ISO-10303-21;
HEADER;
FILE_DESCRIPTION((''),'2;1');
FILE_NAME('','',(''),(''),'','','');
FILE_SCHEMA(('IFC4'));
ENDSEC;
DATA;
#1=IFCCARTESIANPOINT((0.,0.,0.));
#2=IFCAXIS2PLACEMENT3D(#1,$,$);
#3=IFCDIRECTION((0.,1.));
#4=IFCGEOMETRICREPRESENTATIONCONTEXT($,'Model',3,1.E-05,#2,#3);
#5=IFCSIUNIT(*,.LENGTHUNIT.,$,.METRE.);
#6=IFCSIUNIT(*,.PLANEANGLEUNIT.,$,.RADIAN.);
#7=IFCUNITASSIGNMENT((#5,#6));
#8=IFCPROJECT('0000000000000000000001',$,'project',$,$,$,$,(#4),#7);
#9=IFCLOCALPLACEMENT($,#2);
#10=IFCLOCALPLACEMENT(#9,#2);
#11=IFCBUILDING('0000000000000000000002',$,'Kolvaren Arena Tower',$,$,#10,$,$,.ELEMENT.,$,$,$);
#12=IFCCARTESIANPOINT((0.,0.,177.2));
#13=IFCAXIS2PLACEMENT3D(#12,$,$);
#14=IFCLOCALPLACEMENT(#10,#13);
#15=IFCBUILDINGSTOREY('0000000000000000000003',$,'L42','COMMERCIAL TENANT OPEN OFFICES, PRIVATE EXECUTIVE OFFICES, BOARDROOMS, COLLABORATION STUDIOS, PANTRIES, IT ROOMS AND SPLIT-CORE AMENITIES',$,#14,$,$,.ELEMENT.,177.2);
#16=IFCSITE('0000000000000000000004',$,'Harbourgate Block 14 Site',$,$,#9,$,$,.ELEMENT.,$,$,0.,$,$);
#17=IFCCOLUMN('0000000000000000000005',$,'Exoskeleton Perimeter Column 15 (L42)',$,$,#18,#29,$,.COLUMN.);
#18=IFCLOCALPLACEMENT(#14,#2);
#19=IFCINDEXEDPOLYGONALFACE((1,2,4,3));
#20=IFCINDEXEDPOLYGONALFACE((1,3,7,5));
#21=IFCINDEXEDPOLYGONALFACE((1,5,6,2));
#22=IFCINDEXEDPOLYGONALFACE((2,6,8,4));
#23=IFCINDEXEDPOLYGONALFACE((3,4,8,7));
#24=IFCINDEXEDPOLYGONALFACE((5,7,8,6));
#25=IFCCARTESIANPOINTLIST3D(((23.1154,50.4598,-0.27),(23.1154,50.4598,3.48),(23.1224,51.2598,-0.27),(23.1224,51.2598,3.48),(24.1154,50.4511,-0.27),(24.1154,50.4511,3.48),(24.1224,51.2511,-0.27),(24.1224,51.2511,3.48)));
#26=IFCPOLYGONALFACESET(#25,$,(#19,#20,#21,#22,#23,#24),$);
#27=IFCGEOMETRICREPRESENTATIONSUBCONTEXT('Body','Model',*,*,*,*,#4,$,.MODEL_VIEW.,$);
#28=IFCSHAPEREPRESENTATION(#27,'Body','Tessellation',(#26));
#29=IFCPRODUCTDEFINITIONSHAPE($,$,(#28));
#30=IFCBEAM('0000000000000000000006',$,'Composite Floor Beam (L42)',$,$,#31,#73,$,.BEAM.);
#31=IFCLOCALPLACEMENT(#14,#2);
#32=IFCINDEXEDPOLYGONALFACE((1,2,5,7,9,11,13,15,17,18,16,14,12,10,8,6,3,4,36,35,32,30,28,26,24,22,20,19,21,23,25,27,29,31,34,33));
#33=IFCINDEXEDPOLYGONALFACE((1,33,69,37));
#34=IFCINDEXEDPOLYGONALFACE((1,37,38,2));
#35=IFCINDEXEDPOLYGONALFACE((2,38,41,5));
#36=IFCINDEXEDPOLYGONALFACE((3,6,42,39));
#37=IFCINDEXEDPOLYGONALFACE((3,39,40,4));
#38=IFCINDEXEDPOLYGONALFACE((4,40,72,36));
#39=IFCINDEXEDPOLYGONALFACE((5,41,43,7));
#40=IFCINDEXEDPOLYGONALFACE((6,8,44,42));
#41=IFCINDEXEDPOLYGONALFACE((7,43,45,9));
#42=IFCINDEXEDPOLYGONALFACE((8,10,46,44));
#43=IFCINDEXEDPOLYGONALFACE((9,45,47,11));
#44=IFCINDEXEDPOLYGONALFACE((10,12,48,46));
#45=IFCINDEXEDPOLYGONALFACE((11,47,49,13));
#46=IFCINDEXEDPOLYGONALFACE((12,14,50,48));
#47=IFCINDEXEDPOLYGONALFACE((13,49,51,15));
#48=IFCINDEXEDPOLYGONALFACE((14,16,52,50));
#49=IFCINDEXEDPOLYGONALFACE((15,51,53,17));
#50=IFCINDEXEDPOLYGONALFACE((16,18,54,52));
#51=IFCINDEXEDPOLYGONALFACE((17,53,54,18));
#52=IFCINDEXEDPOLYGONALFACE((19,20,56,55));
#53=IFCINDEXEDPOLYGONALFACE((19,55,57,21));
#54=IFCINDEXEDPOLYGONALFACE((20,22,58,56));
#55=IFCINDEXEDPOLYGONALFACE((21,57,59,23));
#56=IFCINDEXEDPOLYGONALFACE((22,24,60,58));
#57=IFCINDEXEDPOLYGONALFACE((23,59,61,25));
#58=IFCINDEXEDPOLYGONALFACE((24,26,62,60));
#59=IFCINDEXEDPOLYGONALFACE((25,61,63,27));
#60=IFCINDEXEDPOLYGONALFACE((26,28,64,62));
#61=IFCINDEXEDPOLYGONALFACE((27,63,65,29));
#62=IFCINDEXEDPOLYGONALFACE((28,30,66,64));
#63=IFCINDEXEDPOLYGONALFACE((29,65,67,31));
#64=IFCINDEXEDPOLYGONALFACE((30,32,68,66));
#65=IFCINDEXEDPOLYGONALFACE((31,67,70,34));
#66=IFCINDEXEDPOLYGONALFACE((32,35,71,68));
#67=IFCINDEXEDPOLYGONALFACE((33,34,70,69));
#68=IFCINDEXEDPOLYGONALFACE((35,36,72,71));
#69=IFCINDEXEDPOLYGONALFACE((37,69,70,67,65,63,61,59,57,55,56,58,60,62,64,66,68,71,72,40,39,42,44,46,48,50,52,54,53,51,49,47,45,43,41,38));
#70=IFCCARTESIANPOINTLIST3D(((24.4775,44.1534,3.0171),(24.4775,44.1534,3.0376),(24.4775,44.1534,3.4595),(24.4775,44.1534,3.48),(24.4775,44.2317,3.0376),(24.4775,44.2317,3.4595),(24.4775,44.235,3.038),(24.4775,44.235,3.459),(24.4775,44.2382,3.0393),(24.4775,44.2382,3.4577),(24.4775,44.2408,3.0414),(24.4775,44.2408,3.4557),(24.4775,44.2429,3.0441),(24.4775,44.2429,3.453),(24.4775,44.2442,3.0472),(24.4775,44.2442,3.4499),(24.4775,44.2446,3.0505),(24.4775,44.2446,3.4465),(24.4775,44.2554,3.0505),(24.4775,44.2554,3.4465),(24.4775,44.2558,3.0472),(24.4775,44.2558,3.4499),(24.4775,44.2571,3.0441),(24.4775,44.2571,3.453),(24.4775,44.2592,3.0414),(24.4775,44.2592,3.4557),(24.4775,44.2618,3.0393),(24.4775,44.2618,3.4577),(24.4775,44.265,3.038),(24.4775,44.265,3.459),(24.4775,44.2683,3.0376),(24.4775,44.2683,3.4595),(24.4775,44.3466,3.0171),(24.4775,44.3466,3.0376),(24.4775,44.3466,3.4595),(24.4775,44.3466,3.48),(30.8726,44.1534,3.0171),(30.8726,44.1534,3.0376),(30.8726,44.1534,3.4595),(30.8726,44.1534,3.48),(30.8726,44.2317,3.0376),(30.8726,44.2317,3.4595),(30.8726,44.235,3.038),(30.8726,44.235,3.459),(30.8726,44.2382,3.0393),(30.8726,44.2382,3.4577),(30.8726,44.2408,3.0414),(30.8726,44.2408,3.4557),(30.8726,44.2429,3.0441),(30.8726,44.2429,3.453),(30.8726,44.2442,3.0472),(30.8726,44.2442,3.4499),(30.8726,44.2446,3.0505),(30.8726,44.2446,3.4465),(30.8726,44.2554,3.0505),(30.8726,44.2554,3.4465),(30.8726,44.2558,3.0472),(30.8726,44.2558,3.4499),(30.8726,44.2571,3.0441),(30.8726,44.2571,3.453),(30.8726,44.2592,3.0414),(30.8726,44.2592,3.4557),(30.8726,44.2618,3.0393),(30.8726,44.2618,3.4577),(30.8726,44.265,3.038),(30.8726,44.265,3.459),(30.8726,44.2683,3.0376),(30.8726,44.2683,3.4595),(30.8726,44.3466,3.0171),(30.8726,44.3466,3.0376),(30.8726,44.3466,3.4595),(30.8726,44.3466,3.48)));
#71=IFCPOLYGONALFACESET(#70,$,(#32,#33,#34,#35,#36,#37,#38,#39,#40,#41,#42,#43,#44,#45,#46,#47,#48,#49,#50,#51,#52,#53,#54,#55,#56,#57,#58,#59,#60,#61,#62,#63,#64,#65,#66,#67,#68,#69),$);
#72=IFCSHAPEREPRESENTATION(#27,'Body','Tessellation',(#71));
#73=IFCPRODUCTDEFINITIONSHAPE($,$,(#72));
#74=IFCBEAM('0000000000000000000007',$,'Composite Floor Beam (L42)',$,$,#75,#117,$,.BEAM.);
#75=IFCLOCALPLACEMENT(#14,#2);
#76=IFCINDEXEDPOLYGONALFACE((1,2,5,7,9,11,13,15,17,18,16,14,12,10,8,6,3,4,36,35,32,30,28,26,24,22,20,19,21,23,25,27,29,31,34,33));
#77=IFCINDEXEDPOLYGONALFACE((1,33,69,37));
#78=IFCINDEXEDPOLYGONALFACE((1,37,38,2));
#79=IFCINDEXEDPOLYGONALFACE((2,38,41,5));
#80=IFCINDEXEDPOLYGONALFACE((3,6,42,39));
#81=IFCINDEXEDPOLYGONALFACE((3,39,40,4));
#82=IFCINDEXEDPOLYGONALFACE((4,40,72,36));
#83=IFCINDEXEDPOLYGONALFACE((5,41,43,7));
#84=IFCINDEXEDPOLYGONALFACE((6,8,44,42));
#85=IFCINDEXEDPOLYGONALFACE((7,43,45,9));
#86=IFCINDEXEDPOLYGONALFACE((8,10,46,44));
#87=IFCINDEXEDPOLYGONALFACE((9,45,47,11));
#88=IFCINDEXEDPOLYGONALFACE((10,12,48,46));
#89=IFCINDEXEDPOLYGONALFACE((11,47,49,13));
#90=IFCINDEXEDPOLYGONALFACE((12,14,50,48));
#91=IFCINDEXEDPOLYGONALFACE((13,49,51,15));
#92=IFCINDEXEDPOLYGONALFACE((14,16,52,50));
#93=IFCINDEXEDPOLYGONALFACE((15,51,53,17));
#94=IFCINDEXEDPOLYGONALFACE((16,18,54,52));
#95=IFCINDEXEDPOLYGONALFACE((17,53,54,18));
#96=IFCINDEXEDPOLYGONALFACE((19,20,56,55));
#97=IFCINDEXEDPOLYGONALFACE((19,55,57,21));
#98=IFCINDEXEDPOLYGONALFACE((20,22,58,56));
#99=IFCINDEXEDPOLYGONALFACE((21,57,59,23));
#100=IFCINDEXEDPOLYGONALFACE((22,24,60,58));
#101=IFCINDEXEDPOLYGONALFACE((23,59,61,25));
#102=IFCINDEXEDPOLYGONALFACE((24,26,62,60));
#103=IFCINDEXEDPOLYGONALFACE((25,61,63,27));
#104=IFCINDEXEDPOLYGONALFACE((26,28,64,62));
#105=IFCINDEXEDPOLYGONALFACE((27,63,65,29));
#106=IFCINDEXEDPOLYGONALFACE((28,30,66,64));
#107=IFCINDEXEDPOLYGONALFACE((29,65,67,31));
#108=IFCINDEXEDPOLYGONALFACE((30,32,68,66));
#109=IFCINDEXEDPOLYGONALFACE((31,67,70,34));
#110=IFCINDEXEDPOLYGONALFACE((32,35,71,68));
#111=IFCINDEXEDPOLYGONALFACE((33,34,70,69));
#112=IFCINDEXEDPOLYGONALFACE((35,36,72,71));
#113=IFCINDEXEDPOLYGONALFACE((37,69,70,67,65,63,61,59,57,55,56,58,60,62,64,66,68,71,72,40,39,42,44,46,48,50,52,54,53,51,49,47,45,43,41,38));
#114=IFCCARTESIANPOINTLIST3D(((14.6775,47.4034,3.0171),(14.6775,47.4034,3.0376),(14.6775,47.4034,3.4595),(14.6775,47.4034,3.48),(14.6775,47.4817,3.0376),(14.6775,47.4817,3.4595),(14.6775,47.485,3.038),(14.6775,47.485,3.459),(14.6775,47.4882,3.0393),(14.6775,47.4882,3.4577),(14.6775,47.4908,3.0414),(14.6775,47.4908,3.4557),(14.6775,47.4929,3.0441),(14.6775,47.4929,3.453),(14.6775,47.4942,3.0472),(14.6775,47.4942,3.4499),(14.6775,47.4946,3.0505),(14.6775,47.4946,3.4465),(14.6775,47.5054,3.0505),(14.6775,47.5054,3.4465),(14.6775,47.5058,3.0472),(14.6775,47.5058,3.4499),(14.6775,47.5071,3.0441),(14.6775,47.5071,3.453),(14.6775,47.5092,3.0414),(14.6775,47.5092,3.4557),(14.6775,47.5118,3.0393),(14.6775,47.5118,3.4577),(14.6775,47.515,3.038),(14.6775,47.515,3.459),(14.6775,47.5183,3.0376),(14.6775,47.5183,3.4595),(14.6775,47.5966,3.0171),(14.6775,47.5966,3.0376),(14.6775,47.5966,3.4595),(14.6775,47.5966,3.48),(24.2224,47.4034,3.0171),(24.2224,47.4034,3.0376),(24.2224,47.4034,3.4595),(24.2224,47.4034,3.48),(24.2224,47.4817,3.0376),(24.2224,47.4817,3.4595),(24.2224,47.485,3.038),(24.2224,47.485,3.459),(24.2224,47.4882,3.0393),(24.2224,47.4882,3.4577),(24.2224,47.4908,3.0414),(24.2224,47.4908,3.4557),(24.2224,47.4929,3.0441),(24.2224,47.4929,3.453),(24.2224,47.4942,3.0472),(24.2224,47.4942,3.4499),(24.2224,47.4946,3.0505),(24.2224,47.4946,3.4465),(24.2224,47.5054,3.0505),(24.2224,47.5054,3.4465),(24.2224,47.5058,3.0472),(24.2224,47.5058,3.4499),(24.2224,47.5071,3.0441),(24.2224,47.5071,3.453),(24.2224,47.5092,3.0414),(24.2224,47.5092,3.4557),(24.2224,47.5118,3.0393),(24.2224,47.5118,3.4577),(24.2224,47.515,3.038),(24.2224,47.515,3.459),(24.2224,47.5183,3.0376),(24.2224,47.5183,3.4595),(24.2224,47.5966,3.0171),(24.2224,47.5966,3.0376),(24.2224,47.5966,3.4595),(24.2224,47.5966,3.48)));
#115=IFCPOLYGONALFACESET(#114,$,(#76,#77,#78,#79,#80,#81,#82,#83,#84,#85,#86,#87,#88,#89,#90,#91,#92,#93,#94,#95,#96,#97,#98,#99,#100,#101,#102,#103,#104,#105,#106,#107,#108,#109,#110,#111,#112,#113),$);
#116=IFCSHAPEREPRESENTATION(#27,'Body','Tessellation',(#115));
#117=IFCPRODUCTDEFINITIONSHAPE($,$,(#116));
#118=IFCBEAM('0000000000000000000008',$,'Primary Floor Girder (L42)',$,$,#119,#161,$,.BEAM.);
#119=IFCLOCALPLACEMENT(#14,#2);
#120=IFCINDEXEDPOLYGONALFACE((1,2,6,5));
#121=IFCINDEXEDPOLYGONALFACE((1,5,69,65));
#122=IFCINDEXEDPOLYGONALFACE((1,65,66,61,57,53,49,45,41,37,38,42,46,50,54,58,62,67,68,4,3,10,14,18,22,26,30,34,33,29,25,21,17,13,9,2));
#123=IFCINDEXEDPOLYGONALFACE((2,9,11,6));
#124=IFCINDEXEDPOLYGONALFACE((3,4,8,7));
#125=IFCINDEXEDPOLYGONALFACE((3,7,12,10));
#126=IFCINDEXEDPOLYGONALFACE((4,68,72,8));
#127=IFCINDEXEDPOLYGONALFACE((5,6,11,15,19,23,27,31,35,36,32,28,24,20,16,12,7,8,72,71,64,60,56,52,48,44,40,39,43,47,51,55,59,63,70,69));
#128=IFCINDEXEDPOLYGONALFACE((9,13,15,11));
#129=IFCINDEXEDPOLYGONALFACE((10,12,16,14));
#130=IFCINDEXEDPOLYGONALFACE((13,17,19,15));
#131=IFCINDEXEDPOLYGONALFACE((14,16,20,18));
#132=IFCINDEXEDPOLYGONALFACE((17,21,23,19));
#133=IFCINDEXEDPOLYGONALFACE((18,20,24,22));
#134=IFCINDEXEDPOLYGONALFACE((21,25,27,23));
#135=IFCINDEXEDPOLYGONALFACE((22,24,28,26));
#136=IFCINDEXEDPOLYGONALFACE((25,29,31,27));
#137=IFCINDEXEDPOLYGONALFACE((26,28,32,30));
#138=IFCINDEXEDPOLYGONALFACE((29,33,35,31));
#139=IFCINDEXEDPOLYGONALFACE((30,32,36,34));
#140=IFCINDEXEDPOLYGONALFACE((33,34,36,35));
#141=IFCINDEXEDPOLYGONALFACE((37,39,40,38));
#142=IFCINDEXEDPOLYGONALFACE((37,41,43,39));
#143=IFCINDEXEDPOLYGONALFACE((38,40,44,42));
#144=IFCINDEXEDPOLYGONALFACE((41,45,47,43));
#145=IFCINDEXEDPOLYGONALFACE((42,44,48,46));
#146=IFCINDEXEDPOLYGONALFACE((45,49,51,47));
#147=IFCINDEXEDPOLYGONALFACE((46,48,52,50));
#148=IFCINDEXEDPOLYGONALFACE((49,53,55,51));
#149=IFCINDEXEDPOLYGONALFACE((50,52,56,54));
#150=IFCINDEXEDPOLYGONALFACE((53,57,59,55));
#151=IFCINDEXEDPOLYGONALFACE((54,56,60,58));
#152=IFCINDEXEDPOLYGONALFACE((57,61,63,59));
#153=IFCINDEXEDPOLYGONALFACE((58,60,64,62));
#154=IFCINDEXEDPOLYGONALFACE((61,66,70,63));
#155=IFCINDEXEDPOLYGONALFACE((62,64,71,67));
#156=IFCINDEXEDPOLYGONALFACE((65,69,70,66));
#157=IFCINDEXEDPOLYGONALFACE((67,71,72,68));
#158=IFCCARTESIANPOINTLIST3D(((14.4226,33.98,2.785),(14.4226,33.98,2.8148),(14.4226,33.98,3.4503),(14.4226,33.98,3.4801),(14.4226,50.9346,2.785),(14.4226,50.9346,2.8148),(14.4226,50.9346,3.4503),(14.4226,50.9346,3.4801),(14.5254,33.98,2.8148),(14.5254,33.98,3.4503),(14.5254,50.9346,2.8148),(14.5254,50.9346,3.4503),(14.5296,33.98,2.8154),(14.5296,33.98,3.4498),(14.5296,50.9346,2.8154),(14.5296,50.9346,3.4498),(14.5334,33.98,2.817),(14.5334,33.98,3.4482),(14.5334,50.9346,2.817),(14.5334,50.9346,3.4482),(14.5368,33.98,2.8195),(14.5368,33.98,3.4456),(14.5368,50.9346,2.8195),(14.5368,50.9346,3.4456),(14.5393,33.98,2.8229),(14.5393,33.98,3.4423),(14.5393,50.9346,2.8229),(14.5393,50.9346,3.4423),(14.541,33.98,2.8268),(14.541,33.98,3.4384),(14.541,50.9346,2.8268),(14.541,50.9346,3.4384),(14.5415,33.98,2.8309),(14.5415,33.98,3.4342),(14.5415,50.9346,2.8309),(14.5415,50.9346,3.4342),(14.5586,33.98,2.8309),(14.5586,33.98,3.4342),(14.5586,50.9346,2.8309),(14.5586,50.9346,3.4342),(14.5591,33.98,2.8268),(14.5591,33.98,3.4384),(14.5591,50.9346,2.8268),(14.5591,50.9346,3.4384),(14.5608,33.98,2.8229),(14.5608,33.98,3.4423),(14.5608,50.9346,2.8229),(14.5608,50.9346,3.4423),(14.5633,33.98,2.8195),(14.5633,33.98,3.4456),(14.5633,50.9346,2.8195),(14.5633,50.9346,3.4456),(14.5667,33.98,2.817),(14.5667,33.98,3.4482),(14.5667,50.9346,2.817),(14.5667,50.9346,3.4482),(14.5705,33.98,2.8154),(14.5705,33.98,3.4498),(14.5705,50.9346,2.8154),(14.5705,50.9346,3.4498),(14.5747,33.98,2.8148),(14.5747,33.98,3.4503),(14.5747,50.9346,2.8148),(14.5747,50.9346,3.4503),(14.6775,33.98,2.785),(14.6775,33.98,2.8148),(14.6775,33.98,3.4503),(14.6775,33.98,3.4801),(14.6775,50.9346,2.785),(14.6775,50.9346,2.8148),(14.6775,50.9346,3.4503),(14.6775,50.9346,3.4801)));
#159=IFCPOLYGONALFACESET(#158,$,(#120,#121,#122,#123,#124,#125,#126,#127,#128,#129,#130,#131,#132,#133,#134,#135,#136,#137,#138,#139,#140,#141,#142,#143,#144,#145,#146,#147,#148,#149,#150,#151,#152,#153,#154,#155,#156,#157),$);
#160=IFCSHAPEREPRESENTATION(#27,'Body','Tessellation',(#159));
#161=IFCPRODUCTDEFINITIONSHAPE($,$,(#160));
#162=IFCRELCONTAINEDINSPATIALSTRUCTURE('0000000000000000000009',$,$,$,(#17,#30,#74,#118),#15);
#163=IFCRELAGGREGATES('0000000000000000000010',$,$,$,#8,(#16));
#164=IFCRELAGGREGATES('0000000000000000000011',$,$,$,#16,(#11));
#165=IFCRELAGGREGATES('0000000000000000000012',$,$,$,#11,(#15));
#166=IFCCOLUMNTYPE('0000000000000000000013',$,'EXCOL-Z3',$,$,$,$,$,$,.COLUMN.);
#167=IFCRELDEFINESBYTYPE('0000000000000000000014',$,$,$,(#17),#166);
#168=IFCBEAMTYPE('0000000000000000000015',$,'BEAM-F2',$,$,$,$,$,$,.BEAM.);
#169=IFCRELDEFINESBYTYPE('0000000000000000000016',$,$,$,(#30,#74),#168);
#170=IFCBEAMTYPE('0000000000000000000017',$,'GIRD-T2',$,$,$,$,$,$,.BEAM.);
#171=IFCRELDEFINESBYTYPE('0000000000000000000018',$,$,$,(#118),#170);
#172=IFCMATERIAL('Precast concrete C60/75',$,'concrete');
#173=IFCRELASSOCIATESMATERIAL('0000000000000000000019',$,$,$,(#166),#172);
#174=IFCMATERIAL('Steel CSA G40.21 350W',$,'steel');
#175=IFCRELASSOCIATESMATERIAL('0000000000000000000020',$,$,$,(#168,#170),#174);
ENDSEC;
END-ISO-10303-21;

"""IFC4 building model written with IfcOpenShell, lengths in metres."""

from ifc_helpers import new_model, si_unit, direction, frame, origin, origin_2d, place, context, subcontext, project, spatial, rectangle, i_section, extrude, material, material_profile, profile_set, type_object, element, save


model = new_model("IFC4")

# Units and contexts
model_context = context("Model", 3, precision=1e-05, world=origin(), true_north=direction((0.0, 1.0)))
body_context = subcontext(model_context, "Body", "Model", "MODEL_VIEW")
ifc_project = project(units=[si_unit("LENGTHUNIT", "METRE"), si_unit("PLANEANGLEUNIT", "RADIAN")], contexts=[model_context])

# Site, building, storey
site_placement = place(None, origin())
site = spatial("IfcSite", under=ifc_project, at=site_placement, Name="Harbourgate Block 14 Site", CompositionType="ELEMENT", RefElevation=0.0)
building_placement = place(site_placement, origin())
building = spatial("IfcBuilding", under=site, at=building_placement, Name="Kolvaren Arena Tower", CompositionType="ELEMENT")
storey_placement = place(building_placement, frame((0.0, 0.0, 177.2)))
storey = spatial("IfcBuildingStorey", under=building, at=storey_placement, Name="L42", Description="COMMERCIAL TENANT OPEN OFFICES, PRIVATE EXECUTIVE OFFICES, BOARDROOMS, COLLABORATION STUDIOS, PANTRIES, IT ROOMS AND SPLIT-CORE AMENITIES", CompositionType="ELEMENT", Elevation=177.2)

# Column
ifc_material_1 = material(Name="Precast concrete C60/75", Category="concrete")
ifc_material_profile_1 = material_profile(ifc_material_1, rectangle(XDim=1.0, YDim=0.8, at=origin_2d()), Name="RC-1000x800")
ifc_profile_set_1 = profile_set([ifc_material_profile_1], Name="Precast concrete C60/75")
column_type = type_object("IfcColumnType", Name="EXCOL-Z3", PredefinedType="COLUMN", material=ifc_profile_set_1)
column_placement = place(storey_placement, frame((23.6189, 50.8555, -0.27), z_axis=(0.0, 0.0, 1.0), x_axis=(0.999962, -0.008727, 0.0)))
element("IfcColumn", 1, at=column_placement, inside=storey, type_object=column_type, Name="Exoskeleton Perimeter Column 15 (L42)", PredefinedType="COLUMN", context=body_context, shape_type="SweptSolid", body=[
    extrude(rectangle(XDim=1.0, YDim=0.8, at=origin_2d()), origin(), (0.0, 0.0, 1.0), 3.75),
])

# Beams
ifc_material_2 = material(Name="Steel CSA G40.21 350W", Category="steel")
ifc_material_profile_2 = material_profile(ifc_material_2, i_section(OverallWidth=0.1931, OverallDepth=0.4629, WebThickness=0.0107, FlangeThickness=0.0205, FilletRadius=0.0129, at=origin_2d()), Name="W460x113")
ifc_profile_set_2 = profile_set([ifc_material_profile_2], Name="Steel CSA G40.21 350W")
beam_type_1 = type_object("IfcBeamType", Name="BEAM-F2", PredefinedType="BEAM", material=ifc_profile_set_2)
beam_1_placement = place(storey_placement, frame((24.4775, 44.25, 3.2485), z_axis=(1.0, 0.0, 0.0), x_axis=(0.0, 1.0, 0.0)))
element("IfcBeam", 2, at=beam_1_placement, inside=storey, type_object=beam_type_1, Name="Composite Floor Beam (L42)", PredefinedType="BEAM", context=body_context, shape_type="SweptSolid", body=[
    extrude(i_section(OverallWidth=0.1931, OverallDepth=0.4629, WebThickness=0.0107, FlangeThickness=0.0205, FilletRadius=0.0129, at=origin_2d()), origin(), (0.0, 0.0, 1.0), 6.395),
])
beam_2_placement = place(storey_placement, frame((14.6775, 47.5, 3.2485), z_axis=(1.0, 0.0, 0.0), x_axis=(0.0, 1.0, 0.0)))
element("IfcBeam", 3, at=beam_2_placement, inside=storey, type_object=beam_type_1, Name="Composite Floor Beam (L42)", PredefinedType="BEAM", context=body_context, shape_type="SweptSolid", body=[
    extrude(i_section(OverallWidth=0.1931, OverallDepth=0.4629, WebThickness=0.0107, FlangeThickness=0.0205, FilletRadius=0.0129, at=origin_2d()), origin(), (0.0, 0.0, 1.0), 9.5449),
])
ifc_material_profile_3 = material_profile(ifc_material_2, i_section(OverallWidth=0.2549, OverallDepth=0.6951, WebThickness=0.0171, FlangeThickness=0.0298, FilletRadius=0.0161, at=origin_2d()), Name="W690x217")
ifc_profile_set_3 = profile_set([ifc_material_profile_3], Name="Steel CSA G40.21 350W")
beam_type_2 = type_object("IfcBeamType", Name="GIRD-T2", PredefinedType="BEAM", material=ifc_profile_set_3)
beam_3_placement = place(storey_placement, frame((14.55, 33.98, 3.1326), z_axis=(0.0, 1.0, 0.0), x_axis=(-1.0, 0.0, 0.0)))
element("IfcBeam", 4, at=beam_3_placement, inside=storey, type_object=beam_type_2, Name="Primary Floor Girder (L42)", PredefinedType="BEAM", context=body_context, shape_type="SweptSolid", body=[
    extrude(i_section(OverallWidth=0.2549, OverallDepth=0.6951, WebThickness=0.0171, FlangeThickness=0.0298, FilletRadius=0.0161, at=origin_2d()), origin(), (0.0, 0.0, 1.0), 16.9546),
])

save(model, "model.ifc")
